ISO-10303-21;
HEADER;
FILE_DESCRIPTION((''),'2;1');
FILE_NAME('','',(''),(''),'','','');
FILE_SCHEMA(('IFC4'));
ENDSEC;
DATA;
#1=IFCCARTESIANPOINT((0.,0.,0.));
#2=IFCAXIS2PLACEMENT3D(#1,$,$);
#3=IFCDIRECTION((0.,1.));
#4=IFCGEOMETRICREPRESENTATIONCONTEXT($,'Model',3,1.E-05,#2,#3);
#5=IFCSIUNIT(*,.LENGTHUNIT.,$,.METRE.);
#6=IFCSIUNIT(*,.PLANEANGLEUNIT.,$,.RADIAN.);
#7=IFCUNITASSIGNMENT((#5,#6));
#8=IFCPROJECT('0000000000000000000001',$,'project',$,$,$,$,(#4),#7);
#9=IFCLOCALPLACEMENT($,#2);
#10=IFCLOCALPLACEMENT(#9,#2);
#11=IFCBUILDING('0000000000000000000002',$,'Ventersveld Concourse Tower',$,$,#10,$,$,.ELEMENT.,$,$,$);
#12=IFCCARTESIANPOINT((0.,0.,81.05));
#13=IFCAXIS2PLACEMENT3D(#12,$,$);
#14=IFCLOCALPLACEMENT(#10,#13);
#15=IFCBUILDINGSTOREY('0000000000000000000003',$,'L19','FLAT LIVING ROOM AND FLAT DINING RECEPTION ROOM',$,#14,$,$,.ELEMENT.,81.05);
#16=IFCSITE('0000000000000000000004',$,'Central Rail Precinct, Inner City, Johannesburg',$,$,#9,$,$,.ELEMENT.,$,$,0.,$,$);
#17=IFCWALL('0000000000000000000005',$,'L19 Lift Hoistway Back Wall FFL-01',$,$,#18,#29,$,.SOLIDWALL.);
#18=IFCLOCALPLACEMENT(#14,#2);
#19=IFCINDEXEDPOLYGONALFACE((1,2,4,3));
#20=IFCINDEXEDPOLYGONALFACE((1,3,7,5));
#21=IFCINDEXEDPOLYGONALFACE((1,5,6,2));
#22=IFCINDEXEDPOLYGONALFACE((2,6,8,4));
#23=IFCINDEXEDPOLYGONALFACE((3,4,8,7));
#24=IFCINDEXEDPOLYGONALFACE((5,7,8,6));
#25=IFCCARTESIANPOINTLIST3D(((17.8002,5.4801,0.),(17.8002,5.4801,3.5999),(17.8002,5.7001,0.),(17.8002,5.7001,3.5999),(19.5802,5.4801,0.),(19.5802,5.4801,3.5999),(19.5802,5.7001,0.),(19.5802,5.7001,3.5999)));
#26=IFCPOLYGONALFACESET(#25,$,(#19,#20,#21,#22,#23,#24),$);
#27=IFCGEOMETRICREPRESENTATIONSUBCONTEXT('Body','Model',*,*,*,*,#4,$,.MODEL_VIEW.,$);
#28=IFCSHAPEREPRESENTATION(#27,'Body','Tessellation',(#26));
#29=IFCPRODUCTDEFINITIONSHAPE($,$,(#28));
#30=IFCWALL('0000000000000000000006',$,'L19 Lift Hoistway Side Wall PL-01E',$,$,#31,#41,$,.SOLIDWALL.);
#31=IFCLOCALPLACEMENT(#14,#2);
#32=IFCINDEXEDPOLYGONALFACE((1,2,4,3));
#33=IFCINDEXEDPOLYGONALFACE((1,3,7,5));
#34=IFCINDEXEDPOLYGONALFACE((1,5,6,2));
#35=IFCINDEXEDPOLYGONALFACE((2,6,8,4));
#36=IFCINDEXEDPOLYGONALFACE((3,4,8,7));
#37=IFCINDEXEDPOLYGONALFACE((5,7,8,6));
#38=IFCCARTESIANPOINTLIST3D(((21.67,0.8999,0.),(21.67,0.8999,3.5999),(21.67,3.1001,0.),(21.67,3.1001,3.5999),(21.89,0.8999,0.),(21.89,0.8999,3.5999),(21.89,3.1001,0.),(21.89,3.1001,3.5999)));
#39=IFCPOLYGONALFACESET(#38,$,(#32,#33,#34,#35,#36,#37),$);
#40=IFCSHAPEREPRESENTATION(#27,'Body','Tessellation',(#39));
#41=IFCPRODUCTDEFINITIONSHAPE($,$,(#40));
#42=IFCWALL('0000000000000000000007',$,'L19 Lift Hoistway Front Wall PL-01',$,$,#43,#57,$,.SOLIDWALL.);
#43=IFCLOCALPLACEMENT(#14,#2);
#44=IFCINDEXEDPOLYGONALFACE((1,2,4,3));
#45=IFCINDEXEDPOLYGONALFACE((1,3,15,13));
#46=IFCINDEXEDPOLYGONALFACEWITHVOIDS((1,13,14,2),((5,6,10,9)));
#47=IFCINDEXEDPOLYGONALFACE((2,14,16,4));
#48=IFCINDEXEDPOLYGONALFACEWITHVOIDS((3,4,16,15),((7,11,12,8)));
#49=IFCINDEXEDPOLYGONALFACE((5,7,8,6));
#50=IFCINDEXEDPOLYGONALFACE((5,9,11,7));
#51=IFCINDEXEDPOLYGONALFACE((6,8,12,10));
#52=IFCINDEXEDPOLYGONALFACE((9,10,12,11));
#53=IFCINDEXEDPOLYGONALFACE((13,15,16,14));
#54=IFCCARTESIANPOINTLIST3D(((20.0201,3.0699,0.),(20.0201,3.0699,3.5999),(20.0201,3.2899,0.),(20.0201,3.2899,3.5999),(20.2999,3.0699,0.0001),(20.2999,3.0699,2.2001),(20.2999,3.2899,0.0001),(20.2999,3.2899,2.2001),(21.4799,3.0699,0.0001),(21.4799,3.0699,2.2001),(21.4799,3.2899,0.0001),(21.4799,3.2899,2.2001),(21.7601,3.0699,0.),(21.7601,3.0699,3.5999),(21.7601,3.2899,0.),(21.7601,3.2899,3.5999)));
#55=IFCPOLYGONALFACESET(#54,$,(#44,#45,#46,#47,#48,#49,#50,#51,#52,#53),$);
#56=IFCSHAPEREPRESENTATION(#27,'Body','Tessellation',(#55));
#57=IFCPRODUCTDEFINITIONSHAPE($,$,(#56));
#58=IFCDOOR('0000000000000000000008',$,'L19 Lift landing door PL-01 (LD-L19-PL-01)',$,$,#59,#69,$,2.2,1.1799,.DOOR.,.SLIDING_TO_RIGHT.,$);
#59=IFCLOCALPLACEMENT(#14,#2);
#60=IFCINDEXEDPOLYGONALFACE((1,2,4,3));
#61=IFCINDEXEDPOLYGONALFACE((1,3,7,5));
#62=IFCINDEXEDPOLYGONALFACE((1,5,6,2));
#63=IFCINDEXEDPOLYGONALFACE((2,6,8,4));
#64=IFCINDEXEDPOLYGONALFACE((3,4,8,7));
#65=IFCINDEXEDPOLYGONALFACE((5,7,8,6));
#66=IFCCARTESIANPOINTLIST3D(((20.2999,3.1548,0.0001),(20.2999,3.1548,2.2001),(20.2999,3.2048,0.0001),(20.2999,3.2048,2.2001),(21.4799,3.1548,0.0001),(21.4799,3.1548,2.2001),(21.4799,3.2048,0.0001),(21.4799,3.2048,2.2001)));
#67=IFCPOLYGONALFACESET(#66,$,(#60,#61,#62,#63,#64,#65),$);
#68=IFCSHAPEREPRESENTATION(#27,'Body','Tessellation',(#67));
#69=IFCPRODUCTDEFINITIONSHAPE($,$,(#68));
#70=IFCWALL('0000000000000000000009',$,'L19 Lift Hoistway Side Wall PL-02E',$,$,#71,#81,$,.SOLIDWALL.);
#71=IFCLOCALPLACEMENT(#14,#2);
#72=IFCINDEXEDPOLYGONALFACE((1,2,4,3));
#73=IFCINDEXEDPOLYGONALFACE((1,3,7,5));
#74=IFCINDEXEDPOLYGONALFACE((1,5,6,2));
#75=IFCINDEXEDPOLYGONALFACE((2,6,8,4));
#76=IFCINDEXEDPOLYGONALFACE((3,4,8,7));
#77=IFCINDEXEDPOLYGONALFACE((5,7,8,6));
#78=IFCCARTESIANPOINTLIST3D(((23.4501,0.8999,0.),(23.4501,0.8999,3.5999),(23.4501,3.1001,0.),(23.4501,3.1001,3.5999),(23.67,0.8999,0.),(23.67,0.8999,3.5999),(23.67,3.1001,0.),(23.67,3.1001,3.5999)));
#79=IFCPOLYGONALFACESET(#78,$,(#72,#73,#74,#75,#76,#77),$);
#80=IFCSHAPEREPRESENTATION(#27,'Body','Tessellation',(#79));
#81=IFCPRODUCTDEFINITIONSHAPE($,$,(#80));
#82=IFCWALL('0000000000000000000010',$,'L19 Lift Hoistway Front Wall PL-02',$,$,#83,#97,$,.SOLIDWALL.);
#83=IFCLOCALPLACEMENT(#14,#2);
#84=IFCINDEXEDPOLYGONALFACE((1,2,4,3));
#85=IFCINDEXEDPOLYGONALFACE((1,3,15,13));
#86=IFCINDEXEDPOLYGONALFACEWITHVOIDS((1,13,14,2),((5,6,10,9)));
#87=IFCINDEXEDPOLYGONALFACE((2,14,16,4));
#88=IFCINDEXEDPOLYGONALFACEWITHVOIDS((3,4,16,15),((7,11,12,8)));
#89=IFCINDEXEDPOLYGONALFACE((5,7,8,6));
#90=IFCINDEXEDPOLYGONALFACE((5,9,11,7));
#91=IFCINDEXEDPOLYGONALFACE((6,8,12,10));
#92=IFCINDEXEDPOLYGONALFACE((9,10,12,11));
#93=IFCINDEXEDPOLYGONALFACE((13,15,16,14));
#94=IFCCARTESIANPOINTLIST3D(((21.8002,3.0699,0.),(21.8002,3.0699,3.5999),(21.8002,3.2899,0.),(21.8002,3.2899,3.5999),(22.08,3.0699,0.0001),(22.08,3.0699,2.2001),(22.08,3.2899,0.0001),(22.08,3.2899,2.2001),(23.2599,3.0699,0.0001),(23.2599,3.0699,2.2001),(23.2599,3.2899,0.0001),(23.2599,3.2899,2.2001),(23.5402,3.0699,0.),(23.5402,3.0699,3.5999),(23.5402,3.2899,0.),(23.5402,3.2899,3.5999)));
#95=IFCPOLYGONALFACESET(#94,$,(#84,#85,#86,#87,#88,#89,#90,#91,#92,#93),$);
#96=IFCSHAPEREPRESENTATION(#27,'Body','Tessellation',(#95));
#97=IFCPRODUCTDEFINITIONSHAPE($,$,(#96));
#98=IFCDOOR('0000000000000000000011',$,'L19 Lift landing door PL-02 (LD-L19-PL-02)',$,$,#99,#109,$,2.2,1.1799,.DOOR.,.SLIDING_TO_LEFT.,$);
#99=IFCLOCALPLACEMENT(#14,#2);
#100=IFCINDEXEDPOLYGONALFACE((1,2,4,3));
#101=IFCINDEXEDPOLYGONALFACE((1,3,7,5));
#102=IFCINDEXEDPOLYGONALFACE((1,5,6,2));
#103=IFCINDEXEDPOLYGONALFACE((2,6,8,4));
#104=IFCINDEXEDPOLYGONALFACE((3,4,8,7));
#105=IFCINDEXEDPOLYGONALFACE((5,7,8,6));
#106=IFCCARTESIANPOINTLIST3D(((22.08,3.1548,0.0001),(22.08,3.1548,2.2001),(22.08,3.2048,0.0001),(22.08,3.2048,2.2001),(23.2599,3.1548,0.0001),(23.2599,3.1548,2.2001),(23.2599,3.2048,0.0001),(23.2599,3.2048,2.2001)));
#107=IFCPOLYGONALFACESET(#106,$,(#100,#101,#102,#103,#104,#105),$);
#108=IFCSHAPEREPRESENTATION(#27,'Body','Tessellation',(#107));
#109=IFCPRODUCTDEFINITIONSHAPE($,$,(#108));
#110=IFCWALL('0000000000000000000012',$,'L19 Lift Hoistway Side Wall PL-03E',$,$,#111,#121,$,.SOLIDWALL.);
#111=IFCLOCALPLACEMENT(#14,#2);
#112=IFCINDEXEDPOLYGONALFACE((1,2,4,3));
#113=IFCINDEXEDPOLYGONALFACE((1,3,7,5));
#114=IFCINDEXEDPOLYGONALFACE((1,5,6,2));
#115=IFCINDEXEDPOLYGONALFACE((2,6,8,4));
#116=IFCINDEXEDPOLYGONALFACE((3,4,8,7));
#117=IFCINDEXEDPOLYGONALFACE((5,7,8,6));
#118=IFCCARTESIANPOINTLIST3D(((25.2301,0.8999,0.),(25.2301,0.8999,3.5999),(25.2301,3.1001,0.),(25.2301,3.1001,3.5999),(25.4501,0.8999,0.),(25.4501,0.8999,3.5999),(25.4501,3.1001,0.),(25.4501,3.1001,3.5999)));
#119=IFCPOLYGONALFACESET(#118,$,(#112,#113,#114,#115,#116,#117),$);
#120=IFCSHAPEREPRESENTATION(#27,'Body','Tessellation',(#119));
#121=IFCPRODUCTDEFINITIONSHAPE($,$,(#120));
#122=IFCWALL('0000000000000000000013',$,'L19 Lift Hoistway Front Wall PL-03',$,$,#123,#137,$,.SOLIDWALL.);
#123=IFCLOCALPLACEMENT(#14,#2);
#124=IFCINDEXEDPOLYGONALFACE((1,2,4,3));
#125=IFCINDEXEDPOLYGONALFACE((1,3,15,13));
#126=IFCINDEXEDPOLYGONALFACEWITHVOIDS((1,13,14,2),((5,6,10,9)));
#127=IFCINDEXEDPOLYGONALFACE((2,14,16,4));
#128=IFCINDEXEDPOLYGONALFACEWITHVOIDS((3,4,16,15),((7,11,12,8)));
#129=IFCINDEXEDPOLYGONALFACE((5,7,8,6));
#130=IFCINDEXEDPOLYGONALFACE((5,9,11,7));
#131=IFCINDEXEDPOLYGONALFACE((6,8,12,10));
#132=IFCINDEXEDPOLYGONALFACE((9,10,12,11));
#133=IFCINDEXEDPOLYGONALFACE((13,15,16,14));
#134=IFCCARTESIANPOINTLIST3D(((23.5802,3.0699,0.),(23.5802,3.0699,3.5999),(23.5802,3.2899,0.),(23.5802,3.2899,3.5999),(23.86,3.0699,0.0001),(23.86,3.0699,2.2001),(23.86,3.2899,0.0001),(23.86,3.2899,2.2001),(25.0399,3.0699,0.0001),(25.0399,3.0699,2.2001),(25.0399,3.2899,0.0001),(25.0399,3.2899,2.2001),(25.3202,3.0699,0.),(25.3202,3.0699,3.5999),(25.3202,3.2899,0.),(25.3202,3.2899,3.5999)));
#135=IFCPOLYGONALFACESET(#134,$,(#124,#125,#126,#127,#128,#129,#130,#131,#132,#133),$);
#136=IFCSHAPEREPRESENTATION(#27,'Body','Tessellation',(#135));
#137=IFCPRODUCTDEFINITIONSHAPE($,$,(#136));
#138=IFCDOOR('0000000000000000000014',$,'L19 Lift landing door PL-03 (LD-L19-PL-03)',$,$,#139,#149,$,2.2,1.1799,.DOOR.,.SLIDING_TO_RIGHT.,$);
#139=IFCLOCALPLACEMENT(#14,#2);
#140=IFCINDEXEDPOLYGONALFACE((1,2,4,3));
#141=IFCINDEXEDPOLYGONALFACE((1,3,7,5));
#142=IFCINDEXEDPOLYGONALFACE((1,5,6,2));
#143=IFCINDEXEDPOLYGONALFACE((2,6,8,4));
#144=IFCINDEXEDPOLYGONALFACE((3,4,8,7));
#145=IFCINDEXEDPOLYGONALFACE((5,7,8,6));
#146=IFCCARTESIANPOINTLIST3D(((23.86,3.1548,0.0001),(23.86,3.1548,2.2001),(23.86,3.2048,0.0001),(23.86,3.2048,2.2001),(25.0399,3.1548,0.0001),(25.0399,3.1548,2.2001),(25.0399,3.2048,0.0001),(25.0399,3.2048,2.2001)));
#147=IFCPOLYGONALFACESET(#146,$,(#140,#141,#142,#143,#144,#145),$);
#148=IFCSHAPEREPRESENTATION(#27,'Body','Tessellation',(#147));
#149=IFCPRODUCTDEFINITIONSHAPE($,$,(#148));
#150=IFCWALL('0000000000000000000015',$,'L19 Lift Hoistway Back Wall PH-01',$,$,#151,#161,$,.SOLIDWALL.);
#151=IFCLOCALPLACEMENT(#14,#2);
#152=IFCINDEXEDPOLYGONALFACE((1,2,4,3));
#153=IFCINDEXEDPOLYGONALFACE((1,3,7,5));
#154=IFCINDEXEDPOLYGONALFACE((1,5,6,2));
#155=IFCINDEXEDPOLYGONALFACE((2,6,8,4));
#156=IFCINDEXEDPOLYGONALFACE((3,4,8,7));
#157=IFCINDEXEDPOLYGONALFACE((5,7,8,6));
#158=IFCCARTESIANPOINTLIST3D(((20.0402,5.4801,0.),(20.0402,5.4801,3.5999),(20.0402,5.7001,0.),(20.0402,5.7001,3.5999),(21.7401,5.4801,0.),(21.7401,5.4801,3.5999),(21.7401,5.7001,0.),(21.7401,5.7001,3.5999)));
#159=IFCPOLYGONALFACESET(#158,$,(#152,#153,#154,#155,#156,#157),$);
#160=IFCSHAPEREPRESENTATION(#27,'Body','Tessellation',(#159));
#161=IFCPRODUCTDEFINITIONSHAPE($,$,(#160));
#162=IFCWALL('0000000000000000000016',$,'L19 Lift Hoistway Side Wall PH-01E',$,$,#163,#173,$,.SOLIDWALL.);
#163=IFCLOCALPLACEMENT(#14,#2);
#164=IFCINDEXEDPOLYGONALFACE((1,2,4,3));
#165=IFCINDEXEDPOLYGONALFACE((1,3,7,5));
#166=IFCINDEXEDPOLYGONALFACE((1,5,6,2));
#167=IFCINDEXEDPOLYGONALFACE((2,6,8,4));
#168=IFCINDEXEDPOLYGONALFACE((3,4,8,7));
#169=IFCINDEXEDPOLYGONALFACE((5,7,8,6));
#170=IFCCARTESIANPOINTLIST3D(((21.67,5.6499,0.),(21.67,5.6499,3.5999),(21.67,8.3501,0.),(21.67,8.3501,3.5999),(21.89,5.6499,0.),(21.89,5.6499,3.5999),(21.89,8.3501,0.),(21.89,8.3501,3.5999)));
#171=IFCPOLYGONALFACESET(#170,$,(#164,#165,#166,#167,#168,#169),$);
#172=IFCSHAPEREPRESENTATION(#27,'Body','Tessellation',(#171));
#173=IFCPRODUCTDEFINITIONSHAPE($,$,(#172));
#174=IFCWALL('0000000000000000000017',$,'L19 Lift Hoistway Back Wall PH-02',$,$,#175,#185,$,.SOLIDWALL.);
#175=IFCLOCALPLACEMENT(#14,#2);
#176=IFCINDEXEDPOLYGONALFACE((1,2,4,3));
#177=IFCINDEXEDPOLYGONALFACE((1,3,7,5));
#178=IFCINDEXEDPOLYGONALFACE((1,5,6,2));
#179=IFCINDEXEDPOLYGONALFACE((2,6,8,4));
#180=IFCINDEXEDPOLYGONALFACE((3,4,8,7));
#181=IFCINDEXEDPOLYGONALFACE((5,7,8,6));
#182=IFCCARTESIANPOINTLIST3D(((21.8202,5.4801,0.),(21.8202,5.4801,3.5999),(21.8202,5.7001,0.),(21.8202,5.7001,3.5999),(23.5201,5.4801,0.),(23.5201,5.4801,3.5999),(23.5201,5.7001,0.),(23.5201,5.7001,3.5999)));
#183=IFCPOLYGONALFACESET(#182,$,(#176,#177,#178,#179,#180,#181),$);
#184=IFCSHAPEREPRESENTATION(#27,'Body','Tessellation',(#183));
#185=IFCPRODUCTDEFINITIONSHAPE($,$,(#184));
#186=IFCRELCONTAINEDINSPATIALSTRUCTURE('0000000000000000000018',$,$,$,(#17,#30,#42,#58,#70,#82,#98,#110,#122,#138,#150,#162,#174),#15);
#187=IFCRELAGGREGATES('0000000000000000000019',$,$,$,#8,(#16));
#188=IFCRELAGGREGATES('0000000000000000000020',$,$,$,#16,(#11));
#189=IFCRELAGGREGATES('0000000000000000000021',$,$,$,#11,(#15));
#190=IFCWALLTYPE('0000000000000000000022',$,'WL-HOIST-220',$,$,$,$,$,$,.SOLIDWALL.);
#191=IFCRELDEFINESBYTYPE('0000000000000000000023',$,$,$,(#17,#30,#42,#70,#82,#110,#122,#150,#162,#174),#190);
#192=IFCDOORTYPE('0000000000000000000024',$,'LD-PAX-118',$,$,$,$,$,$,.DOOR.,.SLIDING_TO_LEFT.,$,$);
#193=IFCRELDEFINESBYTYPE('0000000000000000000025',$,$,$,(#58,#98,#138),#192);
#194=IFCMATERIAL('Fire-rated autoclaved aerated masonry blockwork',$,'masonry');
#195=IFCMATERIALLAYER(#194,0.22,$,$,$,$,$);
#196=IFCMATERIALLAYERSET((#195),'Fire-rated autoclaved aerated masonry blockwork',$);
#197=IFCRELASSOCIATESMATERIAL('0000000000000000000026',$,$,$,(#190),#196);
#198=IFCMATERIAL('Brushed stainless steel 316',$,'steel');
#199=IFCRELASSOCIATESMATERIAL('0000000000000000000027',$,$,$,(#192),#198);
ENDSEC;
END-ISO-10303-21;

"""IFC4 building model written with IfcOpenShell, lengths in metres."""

from ifc_helpers import new_model, si_unit, direction, frame, frame_2d, origin, place, context, subcontext, project, spatial, rectangle, extrude, material, layer, layer_set, type_object, element, fill, save


model = new_model("IFC4")

# Units and contexts
model_context = context("Model", 3, precision=1e-05, world=origin(), true_north=direction((0.0, 1.0)))
body_context = subcontext(model_context, "Body", "Model", "MODEL_VIEW")
ifc_project = project(units=[si_unit("LENGTHUNIT", "METRE"), si_unit("PLANEANGLEUNIT", "RADIAN")], contexts=[model_context])

# Site, building, storey
site_placement = place(None, origin())
site = spatial("IfcSite", under=ifc_project, at=site_placement, Name="Central Rail Precinct, Inner City, Johannesburg", CompositionType="ELEMENT", RefElevation=0.0)
building_placement = place(site_placement, origin())
building = spatial("IfcBuilding", under=site, at=building_placement, Name="Ventersveld Concourse Tower", CompositionType="ELEMENT")
storey_placement = place(building_placement, frame((0.0, 0.0, 81.05)))
storey = spatial("IfcBuildingStorey", under=building, at=storey_placement, Name="L19", Description="FLAT LIVING ROOM AND FLAT DINING RECEPTION ROOM", CompositionType="ELEMENT", Elevation=81.05)

# Walls
ifc_material_1 = material(Name="Fire-rated autoclaved aerated masonry blockwork", Category="masonry")
ifc_layer_1 = layer(ifc_material_1, 0.22)
ifc_layer_set_1 = layer_set([ifc_layer_1], Name="Fire-rated autoclaved aerated masonry blockwork")
wall_type_1 = type_object("IfcWallType", Name="WL-HOIST-220", PredefinedType="SOLIDWALL", material=ifc_layer_set_1)
wall_1_placement = place(storey_placement, frame((17.8, 5.5901, 0.0), z_axis=(0.0, 0.0, 1.0), x_axis=(1.0, 0.0, 0.0)))
element("IfcWall", 1, at=wall_1_placement, inside=storey, type_object=wall_type_1, Name="L19 Lift Hoistway Back Wall FFL-01", PredefinedType="SOLIDWALL", context=body_context, shape_type="SweptSolid", body=[
    extrude(rectangle(XDim=1.78, YDim=0.22, at=frame_2d((0.8901, 0.0))), origin(), (0.0, 0.0, 1.0), 3.5999),
])
wall_2_placement = place(storey_placement, frame((21.78, 0.8999, 0.0), z_axis=(0.0, 0.0, 1.0), x_axis=(0.0, 1.0, 0.0)))
element("IfcWall", 2, at=wall_2_placement, inside=storey, type_object=wall_type_1, Name="L19 Lift Hoistway Side Wall PL-01E", PredefinedType="SOLIDWALL", context=body_context, shape_type="SweptSolid", body=[
    extrude(rectangle(XDim=2.2002, YDim=0.22, at=frame_2d((1.1001, 0.0))), origin(), (0.0, 0.0, 1.0), 3.5999),
])

# Wall, opening, door
wall_3_placement = place(storey_placement, frame((20.02, 3.1799, 0.0), z_axis=(0.0, 0.0, 1.0), x_axis=(1.0, 0.0, 0.0)))
wall_3 = element("IfcWall", 3, at=wall_3_placement, inside=storey, type_object=wall_type_1, Name="L19 Lift Hoistway Front Wall PL-01", PredefinedType="SOLIDWALL", context=body_context, shape_type="SweptSolid", body=[
    extrude(rectangle(XDim=1.74, YDim=0.22, at=frame_2d((0.8701, 0.0))), origin(), (0.0, 0.0, 1.0), 3.5999),
])
opening_1_placement = place(wall_3_placement, frame((0.28, 0.0, 0.0)))
opening_1 = element("IfcOpeningElement", 4, at=opening_1_placement, cuts=wall_3, PredefinedType="OPENING", context=body_context, shape_type="SweptSolid", body=[
    extrude(rectangle(XDim=1.1799, YDim=2.2, at=frame_2d((0.5898, 1.1001))), frame((0.0, 0.1201, 0.0), z_axis=(0.0, -1.0, 0.0), x_axis=(1.0, 0.0, 0.0)), (0.0, 0.0, 1.0), 0.24),
])
ifc_material_2 = material(Name="Brushed stainless steel 316", Category="steel")
door_type = type_object("IfcDoorType", Name="LD-PAX-118", OperationType="SLIDING_TO_LEFT", PredefinedType="DOOR", material=ifc_material_2)
door_1_placement = place(opening_1_placement, origin())
door_1 = element("IfcDoor", 5, at=door_1_placement, inside=storey, type_object=door_type, Name="L19 Lift landing door PL-01 (LD-L19-PL-01)", OperationType="SLIDING_TO_RIGHT", OverallHeight=2.2, OverallWidth=1.1799, PredefinedType="DOOR", context=body_context, shape_type="SweptSolid", body=[
    extrude(rectangle(XDim=1.1799, YDim=2.2, at=frame_2d((0.5898, 1.1001))), frame((0.0, 0.0249, 0.0), z_axis=(0.0, -1.0, 0.0), x_axis=(1.0, 0.0, 0.0)), (0.0, 0.0, 1.0), 0.05),
])
fill(opening_1, door_1)

# Wall
wall_4_placement = place(storey_placement, frame((23.5601, 0.8999, 0.0), z_axis=(0.0, 0.0, 1.0), x_axis=(0.0, 1.0, 0.0)))
element("IfcWall", 6, at=wall_4_placement, inside=storey, type_object=wall_type_1, Name="L19 Lift Hoistway Side Wall PL-02E", PredefinedType="SOLIDWALL", context=body_context, shape_type="SweptSolid", body=[
    extrude(rectangle(XDim=2.2002, YDim=0.22, at=frame_2d((1.1001, 0.0))), origin(), (0.0, 0.0, 1.0), 3.5999),
])

# Wall, opening, door
wall_5_placement = place(storey_placement, frame((21.8, 3.1799, 0.0), z_axis=(0.0, 0.0, 1.0), x_axis=(1.0, 0.0, 0.0)))
wall_5 = element("IfcWall", 7, at=wall_5_placement, inside=storey, type_object=wall_type_1, Name="L19 Lift Hoistway Front Wall PL-02", PredefinedType="SOLIDWALL", context=body_context, shape_type="SweptSolid", body=[
    extrude(rectangle(XDim=1.74, YDim=0.22, at=frame_2d((0.8701, 0.0))), origin(), (0.0, 0.0, 1.0), 3.5999),
])
opening_2_placement = place(wall_5_placement, frame((0.28, 0.0, 0.0)))
opening_2 = element("IfcOpeningElement", 8, at=opening_2_placement, cuts=wall_5, PredefinedType="OPENING", context=body_context, shape_type="SweptSolid", body=[
    extrude(rectangle(XDim=1.1799, YDim=2.2, at=frame_2d((0.5898, 1.1001))), frame((0.0, 0.1201, 0.0), z_axis=(0.0, -1.0, 0.0), x_axis=(1.0, 0.0, 0.0)), (0.0, 0.0, 1.0), 0.24),
])
door_2_placement = place(opening_2_placement, origin())
door_2 = element("IfcDoor", 9, at=door_2_placement, inside=storey, type_object=door_type, Name="L19 Lift landing door PL-02 (LD-L19-PL-02)", OperationType="SLIDING_TO_LEFT", OverallHeight=2.2, OverallWidth=1.1799, PredefinedType="DOOR", context=body_context, shape_type="SweptSolid", body=[
    extrude(rectangle(XDim=1.1799, YDim=2.2, at=frame_2d((0.5898, 1.1001))), frame((0.0, 0.0249, 0.0), z_axis=(0.0, -1.0, 0.0), x_axis=(1.0, 0.0, 0.0)), (0.0, 0.0, 1.0), 0.05),
])
fill(opening_2, door_2)

# Wall
wall_6_placement = place(storey_placement, frame((25.3401, 0.8999, 0.0), z_axis=(0.0, 0.0, 1.0), x_axis=(0.0, 1.0, 0.0)))
element("IfcWall", 10, at=wall_6_placement, inside=storey, type_object=wall_type_1, Name="L19 Lift Hoistway Side Wall PL-03E", PredefinedType="SOLIDWALL", context=body_context, shape_type="SweptSolid", body=[
    extrude(rectangle(XDim=2.2002, YDim=0.22, at=frame_2d((1.1001, 0.0))), origin(), (0.0, 0.0, 1.0), 3.5999),
])

# Wall, opening, door
wall_7_placement = place(storey_placement, frame((23.5801, 3.1799, 0.0), z_axis=(0.0, 0.0, 1.0), x_axis=(1.0, 0.0, 0.0)))
wall_7 = element("IfcWall", 11, at=wall_7_placement, inside=storey, type_object=wall_type_1, Name="L19 Lift Hoistway Front Wall PL-03", PredefinedType="SOLIDWALL", context=body_context, shape_type="SweptSolid", body=[
    extrude(rectangle(XDim=1.74, YDim=0.22, at=frame_2d((0.8701, 0.0))), origin(), (0.0, 0.0, 1.0), 3.5999),
])
opening_3_placement = place(wall_7_placement, frame((0.28, 0.0, 0.0)))
opening_3 = element("IfcOpeningElement", 12, at=opening_3_placement, cuts=wall_7, PredefinedType="OPENING", context=body_context, shape_type="SweptSolid", body=[
    extrude(rectangle(XDim=1.1799, YDim=2.2, at=frame_2d((0.5898, 1.1001))), frame((0.0, 0.1201, 0.0), z_axis=(0.0, -1.0, 0.0), x_axis=(1.0, 0.0, 0.0)), (0.0, 0.0, 1.0), 0.24),
])
door_3_placement = place(opening_3_placement, origin())
door_3 = element("IfcDoor", 13, at=door_3_placement, inside=storey, type_object=door_type, Name="L19 Lift landing door PL-03 (LD-L19-PL-03)", OperationType="SLIDING_TO_RIGHT", OverallHeight=2.2, OverallWidth=1.1799, PredefinedType="DOOR", context=body_context, shape_type="SweptSolid", body=[
    extrude(rectangle(XDim=1.1799, YDim=2.2, at=frame_2d((0.5898, 1.1001))), frame((0.0, 0.0249, 0.0), z_axis=(0.0, -1.0, 0.0), x_axis=(1.0, 0.0, 0.0)), (0.0, 0.0, 1.0), 0.05),
])
fill(opening_3, door_3)

# Walls
wall_8_placement = place(storey_placement, frame((20.04, 5.5901, 0.0), z_axis=(0.0, 0.0, 1.0), x_axis=(1.0, 0.0, 0.0)))
element("IfcWall", 14, at=wall_8_placement, inside=storey, type_object=wall_type_1, Name="L19 Lift Hoistway Back Wall PH-01", PredefinedType="SOLIDWALL", context=body_context, shape_type="SweptSolid", body=[
    extrude(rectangle(XDim=1.7, YDim=0.22, at=frame_2d((0.8501, 0.0))), origin(), (0.0, 0.0, 1.0), 3.5999),
])
wall_9_placement = place(storey_placement, frame((21.78, 5.6499, 0.0), z_axis=(0.0, 0.0, 1.0), x_axis=(0.0, 1.0, 0.0)))
element("IfcWall", 15, at=wall_9_placement, inside=storey, type_object=wall_type_1, Name="L19 Lift Hoistway Side Wall PH-01E", PredefinedType="SOLIDWALL", context=body_context, shape_type="SweptSolid", body=[
    extrude(rectangle(XDim=2.7002, YDim=0.22, at=frame_2d((1.3501, 0.0))), origin(), (0.0, 0.0, 1.0), 3.5999),
])
wall_10_placement = place(storey_placement, frame((21.8201, 5.5901, 0.0), z_axis=(0.0, 0.0, 1.0), x_axis=(1.0, 0.0, 0.0)))
element("IfcWall", 16, at=wall_10_placement, inside=storey, type_object=wall_type_1, Name="L19 Lift Hoistway Back Wall PH-02", PredefinedType="SOLIDWALL", context=body_context, shape_type="SweptSolid", body=[
    extrude(rectangle(XDim=1.7, YDim=0.22, at=frame_2d((0.8501, 0.0))), origin(), (0.0, 0.0, 1.0), 3.5999),
])

save(model, "model.ifc")
